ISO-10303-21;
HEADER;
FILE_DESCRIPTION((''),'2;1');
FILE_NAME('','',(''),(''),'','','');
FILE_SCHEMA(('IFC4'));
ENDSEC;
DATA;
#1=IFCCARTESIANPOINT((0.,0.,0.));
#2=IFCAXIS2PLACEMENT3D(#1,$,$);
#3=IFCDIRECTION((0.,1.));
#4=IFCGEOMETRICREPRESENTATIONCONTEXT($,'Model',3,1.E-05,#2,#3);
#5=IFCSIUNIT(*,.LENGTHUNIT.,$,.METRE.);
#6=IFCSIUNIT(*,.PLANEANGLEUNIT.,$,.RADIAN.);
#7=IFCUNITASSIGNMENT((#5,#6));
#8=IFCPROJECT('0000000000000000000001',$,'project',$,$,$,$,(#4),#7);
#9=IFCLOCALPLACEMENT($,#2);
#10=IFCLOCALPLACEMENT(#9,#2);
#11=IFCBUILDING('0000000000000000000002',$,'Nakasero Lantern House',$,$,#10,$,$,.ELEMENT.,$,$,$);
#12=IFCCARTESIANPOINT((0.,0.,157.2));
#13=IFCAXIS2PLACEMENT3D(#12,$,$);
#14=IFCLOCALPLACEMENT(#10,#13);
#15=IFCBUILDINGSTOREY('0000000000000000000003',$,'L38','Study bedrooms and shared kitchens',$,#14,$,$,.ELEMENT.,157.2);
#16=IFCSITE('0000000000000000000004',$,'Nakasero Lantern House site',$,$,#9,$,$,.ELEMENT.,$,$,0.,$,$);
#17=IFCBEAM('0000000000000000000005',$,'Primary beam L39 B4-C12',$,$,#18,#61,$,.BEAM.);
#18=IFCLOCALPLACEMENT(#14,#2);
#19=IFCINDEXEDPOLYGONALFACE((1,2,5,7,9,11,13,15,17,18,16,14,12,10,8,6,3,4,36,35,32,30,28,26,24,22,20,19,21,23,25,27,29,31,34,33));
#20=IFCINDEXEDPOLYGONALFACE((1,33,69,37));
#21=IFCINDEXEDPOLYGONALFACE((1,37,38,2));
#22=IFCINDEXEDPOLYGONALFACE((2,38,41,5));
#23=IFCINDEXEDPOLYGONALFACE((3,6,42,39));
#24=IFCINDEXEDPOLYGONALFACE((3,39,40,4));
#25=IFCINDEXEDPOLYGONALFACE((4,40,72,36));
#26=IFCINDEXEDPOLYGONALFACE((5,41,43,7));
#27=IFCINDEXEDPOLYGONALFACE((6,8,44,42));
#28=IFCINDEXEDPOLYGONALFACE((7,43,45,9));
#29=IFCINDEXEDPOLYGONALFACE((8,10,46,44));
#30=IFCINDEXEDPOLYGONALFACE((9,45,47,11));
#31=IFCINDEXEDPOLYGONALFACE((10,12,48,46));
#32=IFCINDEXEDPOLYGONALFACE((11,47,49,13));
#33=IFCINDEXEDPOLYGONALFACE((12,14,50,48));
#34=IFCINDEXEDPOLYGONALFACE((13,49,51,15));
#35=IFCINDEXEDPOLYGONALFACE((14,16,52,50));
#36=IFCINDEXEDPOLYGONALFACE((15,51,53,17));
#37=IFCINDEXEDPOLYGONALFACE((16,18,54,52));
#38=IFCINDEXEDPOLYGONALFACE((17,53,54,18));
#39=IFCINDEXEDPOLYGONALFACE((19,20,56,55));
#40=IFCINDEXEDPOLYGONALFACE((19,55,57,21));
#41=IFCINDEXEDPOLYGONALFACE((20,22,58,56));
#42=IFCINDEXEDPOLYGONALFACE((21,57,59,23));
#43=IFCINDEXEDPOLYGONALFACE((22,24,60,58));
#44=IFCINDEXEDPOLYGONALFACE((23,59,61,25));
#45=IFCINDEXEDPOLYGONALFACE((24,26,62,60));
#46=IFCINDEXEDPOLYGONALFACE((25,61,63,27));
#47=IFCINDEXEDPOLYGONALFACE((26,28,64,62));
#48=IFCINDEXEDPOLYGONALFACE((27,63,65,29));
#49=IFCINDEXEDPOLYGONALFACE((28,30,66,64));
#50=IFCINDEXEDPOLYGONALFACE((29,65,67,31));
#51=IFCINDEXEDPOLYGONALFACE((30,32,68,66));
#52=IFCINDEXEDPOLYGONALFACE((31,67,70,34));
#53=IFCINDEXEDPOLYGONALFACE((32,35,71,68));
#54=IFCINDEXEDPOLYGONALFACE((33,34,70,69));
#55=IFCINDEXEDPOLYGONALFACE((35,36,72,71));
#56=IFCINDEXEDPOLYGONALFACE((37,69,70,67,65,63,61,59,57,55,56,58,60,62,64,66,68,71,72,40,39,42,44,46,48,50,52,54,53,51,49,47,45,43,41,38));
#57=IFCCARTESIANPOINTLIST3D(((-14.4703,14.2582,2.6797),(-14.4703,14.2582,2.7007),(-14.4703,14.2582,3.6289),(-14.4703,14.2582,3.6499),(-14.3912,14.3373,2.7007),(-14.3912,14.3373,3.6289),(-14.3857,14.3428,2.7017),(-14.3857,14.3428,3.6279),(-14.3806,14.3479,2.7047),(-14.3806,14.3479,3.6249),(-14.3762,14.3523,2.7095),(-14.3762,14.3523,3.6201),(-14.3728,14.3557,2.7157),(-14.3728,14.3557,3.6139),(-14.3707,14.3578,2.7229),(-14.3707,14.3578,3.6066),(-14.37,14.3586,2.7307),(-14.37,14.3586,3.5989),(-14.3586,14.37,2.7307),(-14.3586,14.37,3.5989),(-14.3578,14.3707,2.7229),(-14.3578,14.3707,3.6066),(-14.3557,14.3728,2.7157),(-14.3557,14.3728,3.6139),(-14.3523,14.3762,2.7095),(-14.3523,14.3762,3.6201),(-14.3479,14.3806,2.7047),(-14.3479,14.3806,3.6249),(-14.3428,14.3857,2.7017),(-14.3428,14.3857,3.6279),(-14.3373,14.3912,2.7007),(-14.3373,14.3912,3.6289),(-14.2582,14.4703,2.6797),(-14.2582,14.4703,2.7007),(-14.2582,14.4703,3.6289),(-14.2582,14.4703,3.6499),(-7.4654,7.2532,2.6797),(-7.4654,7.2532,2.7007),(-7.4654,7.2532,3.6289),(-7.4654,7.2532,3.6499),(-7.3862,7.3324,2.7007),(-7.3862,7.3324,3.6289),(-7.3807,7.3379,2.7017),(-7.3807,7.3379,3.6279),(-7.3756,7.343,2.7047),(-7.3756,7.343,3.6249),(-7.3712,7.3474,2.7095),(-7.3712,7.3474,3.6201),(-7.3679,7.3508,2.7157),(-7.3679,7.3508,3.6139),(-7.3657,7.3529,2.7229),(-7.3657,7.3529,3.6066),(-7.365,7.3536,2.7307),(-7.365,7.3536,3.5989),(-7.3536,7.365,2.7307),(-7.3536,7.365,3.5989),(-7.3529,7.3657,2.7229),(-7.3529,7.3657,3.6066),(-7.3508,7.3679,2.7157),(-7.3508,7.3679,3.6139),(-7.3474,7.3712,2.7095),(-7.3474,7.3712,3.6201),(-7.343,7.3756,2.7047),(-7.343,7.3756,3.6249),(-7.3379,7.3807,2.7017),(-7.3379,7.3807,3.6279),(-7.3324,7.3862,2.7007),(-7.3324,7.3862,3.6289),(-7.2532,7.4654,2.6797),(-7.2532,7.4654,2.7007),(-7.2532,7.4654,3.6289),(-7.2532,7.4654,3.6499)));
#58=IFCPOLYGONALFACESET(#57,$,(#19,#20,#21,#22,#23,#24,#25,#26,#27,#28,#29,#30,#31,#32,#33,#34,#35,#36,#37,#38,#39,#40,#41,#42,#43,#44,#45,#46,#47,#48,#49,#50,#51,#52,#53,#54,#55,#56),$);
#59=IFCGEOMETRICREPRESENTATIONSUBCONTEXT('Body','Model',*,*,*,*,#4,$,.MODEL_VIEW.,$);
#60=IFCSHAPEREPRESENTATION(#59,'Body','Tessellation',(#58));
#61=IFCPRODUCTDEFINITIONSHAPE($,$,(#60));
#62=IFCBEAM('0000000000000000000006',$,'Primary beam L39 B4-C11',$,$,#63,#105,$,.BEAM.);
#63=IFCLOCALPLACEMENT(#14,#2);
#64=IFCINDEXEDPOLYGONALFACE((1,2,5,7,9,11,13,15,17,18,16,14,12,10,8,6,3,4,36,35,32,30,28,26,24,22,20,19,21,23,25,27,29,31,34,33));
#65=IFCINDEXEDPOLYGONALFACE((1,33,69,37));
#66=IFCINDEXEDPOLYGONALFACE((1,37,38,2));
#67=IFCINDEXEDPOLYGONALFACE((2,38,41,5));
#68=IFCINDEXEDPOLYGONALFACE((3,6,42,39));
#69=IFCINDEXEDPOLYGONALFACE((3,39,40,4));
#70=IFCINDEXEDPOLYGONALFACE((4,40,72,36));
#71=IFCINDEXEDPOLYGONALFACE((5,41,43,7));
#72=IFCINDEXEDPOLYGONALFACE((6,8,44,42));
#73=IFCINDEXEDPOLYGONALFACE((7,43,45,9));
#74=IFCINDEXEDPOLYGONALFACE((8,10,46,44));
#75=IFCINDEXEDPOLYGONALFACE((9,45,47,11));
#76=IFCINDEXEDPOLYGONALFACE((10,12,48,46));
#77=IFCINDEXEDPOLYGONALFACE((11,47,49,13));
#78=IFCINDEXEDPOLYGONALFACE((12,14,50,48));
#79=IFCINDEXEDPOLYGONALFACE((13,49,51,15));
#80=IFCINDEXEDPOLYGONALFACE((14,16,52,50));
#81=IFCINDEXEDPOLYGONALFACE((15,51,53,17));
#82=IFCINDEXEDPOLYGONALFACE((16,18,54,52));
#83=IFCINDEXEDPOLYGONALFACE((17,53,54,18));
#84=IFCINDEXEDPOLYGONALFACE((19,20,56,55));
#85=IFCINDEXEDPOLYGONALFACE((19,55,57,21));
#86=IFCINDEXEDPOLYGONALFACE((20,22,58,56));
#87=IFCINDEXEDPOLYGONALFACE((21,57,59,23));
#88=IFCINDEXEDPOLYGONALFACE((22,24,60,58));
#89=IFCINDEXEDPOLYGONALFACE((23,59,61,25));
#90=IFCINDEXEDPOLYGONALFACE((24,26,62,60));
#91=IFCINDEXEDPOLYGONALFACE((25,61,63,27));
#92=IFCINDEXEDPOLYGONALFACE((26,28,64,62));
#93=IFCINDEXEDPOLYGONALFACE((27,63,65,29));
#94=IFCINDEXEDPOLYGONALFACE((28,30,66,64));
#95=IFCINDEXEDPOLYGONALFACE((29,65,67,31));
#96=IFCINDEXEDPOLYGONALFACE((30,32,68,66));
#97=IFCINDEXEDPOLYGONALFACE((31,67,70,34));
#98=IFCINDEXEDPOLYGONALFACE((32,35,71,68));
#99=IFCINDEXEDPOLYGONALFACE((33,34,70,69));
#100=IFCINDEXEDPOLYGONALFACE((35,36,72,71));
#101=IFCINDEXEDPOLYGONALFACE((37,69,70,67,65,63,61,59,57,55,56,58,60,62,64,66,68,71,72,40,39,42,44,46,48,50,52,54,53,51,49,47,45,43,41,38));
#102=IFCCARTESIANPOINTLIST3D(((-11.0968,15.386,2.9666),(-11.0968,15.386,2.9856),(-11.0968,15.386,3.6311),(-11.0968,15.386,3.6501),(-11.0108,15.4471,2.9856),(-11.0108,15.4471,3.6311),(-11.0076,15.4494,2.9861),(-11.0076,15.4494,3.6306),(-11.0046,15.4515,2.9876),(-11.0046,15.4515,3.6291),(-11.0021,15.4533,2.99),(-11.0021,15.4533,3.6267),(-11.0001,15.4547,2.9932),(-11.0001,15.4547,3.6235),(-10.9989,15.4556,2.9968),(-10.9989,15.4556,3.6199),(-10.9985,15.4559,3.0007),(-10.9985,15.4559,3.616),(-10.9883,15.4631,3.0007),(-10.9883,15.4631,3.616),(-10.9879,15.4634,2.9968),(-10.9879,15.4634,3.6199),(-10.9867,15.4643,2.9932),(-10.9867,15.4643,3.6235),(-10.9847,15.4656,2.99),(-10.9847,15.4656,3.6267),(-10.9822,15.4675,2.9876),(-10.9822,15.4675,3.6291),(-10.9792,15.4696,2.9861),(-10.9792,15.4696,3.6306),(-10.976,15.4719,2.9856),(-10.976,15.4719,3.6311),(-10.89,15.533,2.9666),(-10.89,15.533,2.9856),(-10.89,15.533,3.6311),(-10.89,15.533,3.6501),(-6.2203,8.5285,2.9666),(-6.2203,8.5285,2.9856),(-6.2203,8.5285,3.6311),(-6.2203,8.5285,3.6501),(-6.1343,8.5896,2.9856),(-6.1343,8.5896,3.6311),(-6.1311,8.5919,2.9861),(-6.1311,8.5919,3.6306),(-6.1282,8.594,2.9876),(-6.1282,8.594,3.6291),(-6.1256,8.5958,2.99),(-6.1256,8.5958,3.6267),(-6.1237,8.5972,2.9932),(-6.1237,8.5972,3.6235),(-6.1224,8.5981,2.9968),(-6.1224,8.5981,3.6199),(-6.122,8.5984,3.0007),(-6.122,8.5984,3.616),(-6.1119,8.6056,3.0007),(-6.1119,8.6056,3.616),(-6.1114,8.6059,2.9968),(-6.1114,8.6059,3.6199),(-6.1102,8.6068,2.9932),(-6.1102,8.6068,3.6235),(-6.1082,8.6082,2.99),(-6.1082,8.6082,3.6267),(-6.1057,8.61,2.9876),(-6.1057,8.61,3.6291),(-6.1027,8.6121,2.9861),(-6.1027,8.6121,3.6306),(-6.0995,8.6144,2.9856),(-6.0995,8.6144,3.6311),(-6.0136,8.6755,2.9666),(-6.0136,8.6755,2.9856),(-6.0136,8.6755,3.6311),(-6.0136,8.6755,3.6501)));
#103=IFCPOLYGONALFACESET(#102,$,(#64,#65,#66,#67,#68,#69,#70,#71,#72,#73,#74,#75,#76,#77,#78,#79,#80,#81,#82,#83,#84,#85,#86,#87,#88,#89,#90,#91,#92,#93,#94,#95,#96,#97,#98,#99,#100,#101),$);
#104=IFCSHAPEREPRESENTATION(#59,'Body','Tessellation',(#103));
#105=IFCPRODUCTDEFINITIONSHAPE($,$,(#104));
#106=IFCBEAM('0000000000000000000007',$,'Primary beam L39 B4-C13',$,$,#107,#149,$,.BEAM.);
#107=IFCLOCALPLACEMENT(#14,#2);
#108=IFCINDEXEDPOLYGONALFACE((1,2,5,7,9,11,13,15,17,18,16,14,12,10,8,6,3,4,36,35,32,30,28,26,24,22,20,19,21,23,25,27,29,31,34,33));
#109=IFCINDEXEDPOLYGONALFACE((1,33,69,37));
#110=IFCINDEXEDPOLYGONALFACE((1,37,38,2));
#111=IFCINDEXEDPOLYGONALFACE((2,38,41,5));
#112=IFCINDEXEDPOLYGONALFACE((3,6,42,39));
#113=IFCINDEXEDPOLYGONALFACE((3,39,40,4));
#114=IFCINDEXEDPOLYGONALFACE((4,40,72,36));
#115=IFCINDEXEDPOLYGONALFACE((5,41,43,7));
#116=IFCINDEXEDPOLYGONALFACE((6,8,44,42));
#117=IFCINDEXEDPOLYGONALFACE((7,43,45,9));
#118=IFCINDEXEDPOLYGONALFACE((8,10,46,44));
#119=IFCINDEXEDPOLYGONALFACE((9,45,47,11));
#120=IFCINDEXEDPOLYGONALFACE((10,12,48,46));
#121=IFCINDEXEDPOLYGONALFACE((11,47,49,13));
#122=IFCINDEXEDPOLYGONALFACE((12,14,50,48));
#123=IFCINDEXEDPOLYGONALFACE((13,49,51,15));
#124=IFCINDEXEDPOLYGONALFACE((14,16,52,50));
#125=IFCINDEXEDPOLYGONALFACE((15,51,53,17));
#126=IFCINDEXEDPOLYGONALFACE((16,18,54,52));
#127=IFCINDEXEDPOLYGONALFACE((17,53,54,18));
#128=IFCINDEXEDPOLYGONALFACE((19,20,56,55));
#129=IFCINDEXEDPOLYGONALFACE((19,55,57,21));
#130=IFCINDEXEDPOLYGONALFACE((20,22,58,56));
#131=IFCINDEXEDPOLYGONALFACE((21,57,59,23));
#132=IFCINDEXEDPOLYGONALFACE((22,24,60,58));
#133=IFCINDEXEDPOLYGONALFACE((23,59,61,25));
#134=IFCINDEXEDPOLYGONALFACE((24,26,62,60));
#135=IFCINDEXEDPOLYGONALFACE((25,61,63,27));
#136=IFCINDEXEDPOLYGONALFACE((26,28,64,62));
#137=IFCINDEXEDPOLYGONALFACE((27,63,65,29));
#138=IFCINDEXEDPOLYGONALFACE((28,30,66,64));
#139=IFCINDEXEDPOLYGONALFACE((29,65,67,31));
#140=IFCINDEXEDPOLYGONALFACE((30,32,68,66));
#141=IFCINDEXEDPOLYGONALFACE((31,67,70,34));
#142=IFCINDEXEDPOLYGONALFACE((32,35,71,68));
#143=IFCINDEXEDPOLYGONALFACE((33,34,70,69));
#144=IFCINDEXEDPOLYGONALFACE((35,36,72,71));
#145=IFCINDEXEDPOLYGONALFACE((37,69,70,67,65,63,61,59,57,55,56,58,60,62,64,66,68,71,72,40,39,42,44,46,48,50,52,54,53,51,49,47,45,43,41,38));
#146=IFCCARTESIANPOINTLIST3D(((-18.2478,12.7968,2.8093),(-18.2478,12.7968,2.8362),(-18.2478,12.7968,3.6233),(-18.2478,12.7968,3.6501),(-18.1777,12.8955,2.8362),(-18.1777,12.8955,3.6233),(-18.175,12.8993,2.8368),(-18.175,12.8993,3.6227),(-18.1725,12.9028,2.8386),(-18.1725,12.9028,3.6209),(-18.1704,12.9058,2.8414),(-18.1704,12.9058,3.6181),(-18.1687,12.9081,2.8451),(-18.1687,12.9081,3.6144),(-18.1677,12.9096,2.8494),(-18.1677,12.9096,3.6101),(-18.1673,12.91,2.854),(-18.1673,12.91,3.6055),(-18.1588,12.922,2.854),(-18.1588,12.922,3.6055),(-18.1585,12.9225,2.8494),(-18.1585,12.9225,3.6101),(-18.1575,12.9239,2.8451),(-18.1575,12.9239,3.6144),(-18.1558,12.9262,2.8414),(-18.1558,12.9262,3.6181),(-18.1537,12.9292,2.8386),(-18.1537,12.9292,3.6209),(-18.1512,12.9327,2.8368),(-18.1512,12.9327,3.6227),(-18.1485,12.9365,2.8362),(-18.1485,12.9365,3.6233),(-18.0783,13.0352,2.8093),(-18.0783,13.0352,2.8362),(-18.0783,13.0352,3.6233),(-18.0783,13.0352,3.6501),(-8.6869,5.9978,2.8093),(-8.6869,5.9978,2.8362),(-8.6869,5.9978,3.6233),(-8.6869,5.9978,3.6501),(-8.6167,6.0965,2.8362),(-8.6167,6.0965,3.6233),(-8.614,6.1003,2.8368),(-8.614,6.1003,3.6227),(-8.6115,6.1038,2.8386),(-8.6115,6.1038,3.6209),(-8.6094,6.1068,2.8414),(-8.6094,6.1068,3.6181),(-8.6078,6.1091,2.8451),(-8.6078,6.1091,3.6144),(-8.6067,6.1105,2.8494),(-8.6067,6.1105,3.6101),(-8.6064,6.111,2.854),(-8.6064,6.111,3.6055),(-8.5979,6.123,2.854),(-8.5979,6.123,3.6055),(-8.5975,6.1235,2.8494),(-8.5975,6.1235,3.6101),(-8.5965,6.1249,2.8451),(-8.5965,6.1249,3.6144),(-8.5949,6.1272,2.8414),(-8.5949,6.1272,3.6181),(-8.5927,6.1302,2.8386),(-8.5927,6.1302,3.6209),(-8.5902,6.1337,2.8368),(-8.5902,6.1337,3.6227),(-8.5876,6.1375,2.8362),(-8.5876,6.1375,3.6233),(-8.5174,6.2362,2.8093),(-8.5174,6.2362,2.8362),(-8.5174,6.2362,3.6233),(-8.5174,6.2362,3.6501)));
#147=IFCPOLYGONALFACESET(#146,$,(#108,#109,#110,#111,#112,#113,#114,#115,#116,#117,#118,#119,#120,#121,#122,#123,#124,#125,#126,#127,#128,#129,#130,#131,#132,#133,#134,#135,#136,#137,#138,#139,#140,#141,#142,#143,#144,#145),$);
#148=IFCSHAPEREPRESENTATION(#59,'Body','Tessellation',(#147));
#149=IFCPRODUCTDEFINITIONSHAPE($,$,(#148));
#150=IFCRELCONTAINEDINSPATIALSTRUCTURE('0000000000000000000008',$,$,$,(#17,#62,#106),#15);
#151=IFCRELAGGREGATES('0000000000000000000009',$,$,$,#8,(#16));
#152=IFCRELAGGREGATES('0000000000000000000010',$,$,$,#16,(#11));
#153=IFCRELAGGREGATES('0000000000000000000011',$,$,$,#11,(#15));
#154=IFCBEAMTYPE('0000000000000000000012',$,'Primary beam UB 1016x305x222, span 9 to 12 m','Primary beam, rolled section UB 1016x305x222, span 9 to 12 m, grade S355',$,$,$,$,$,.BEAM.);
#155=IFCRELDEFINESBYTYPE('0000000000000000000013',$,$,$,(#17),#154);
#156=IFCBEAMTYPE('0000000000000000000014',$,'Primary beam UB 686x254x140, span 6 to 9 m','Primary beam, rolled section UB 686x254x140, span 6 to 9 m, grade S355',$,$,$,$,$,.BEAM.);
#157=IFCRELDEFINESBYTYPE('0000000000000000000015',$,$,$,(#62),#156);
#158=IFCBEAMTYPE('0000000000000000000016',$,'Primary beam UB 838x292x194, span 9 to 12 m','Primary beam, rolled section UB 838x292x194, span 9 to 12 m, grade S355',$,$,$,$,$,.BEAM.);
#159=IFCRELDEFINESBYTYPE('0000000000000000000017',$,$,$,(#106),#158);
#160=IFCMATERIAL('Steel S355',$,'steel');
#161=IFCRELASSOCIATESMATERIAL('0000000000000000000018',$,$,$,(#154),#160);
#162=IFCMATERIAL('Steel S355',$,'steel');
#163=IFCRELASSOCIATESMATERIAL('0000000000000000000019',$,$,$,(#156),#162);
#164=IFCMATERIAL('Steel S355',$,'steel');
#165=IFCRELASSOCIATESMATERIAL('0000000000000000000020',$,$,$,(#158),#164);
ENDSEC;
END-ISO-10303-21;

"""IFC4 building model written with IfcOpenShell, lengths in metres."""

from ifc_helpers import new_model, si_unit, direction, frame, origin, origin_2d, place, context, subcontext, project, spatial, i_section, extrude, material, material_profile, profile_set, type_object, element, save


model = new_model("IFC4")

# Units and contexts
model_context = context("Model", 3, precision=1e-05, world=origin(), true_north=direction((0.0, 1.0)))
body_context = subcontext(model_context, "Body", "Model", "MODEL_VIEW")
ifc_project = project(units=[si_unit("LENGTHUNIT", "METRE"), si_unit("PLANEANGLEUNIT", "RADIAN")], contexts=[model_context])

# Site, building, storey
site_placement = place(None, origin())
site = spatial("IfcSite", under=ifc_project, at=site_placement, Name="Nakasero Lantern House site", CompositionType="ELEMENT", RefElevation=0.0)
building_placement = place(site_placement, origin())
building = spatial("IfcBuilding", under=site, at=building_placement, Name="Nakasero Lantern House", CompositionType="ELEMENT")
storey_placement = place(building_placement, frame((0.0, 0.0, 157.2)))
storey = spatial("IfcBuildingStorey", under=building, at=storey_placement, Name="L38", Description="Study bedrooms and shared kitchens", CompositionType="ELEMENT", Elevation=157.2)

# Beams
ifc_material_1 = material(Name="Steel S355", Category="steel")
ifc_material_profile_1 = material_profile(ifc_material_1, i_section(OverallWidth=0.3, OverallDepth=0.9702, WebThickness=0.0161, FlangeThickness=0.021, FilletRadius=0.03, at=origin_2d()), Name="UB 1016x305x222")
ifc_profile_set_1 = profile_set([ifc_material_profile_1], Name="Steel S355")
beam_type_1 = type_object("IfcBeamType", Name="Primary beam UB 1016x305x222, span 9 to 12 m", Description="Primary beam, rolled section UB 1016x305x222, span 9 to 12 m, grade S355", PredefinedType="BEAM", material=ifc_profile_set_1)
beam_1_placement = place(storey_placement, frame((-14.3643, 14.3643, 3.1648), z_axis=(0.707107, -0.707107, 0.0), x_axis=(0.707107, 0.707107, 0.0)))
element("IfcBeam", 1, at=beam_1_placement, inside=storey, type_object=beam_type_1, Name="Primary beam L39 B4-C12", PredefinedType="BEAM", context=body_context, shape_type="SweptSolid", body=[
    extrude(i_section(OverallWidth=0.3, OverallDepth=0.9702, WebThickness=0.0161, FlangeThickness=0.021, FilletRadius=0.03, at=origin_2d()), origin(), (0.0, 0.0, 1.0), 9.9065),
])
ifc_material_2 = material(Name="Steel S355", Category="steel")
ifc_material_profile_2 = material_profile(ifc_material_2, i_section(OverallWidth=0.2537, OverallDepth=0.6836, WebThickness=0.0125, FlangeThickness=0.019, FilletRadius=0.0151, at=origin_2d()), Name="UB 686x254x140")
ifc_profile_set_2 = profile_set([ifc_material_profile_2], Name="Steel S355")
beam_type_2 = type_object("IfcBeamType", Name="Primary beam UB 686x254x140, span 6 to 9 m", Description="Primary beam, rolled section UB 686x254x140, span 6 to 9 m, grade S355", PredefinedType="BEAM", material=ifc_profile_set_2)
beam_2_placement = place(storey_placement, frame((-10.9934, 15.4595, 3.3083), z_axis=(0.57953, -0.814951, 0.0), x_axis=(0.814951, 0.57953, 0.0)))
element("IfcBeam", 2, at=beam_2_placement, inside=storey, type_object=beam_type_2, Name="Primary beam L39 B4-C11", PredefinedType="BEAM", context=body_context, shape_type="SweptSolid", body=[
    extrude(i_section(OverallWidth=0.2537, OverallDepth=0.6836, WebThickness=0.0125, FlangeThickness=0.019, FilletRadius=0.0151, at=origin_2d()), origin(), (0.0, 0.0, 1.0), 8.4146),
])
ifc_material_3 = material(Name="Steel S355", Category="steel")
ifc_material_profile_3 = material_profile(ifc_material_3, i_section(OverallWidth=0.2925, OverallDepth=0.8408, WebThickness=0.0146, FlangeThickness=0.0269, FilletRadius=0.0178, at=origin_2d()), Name="UB 838x292x194")
ifc_profile_set_3 = profile_set([ifc_material_profile_3], Name="Steel S355")
beam_type_3 = type_object("IfcBeamType", Name="Primary beam UB 838x292x194, span 9 to 12 m", Description="Primary beam, rolled section UB 838x292x194, span 9 to 12 m, grade S355", PredefinedType="BEAM", material=ifc_profile_set_3)
beam_3_placement = place(storey_placement, frame((-18.1631, 12.916, 3.2297), z_axis=(0.814951, -0.57953, 0.0), x_axis=(0.57953, 0.814951, 0.0)))
element("IfcBeam", 3, at=beam_3_placement, inside=storey, type_object=beam_type_3, Name="Primary beam L39 B4-C13", PredefinedType="BEAM", context=body_context, shape_type="SweptSolid", body=[
    extrude(i_section(OverallWidth=0.2925, OverallDepth=0.8408, WebThickness=0.0146, FlangeThickness=0.0269, FilletRadius=0.0178, at=origin_2d()), origin(), (0.0, 0.0, 1.0), 11.7319),
])

save(model, "model.ifc")
